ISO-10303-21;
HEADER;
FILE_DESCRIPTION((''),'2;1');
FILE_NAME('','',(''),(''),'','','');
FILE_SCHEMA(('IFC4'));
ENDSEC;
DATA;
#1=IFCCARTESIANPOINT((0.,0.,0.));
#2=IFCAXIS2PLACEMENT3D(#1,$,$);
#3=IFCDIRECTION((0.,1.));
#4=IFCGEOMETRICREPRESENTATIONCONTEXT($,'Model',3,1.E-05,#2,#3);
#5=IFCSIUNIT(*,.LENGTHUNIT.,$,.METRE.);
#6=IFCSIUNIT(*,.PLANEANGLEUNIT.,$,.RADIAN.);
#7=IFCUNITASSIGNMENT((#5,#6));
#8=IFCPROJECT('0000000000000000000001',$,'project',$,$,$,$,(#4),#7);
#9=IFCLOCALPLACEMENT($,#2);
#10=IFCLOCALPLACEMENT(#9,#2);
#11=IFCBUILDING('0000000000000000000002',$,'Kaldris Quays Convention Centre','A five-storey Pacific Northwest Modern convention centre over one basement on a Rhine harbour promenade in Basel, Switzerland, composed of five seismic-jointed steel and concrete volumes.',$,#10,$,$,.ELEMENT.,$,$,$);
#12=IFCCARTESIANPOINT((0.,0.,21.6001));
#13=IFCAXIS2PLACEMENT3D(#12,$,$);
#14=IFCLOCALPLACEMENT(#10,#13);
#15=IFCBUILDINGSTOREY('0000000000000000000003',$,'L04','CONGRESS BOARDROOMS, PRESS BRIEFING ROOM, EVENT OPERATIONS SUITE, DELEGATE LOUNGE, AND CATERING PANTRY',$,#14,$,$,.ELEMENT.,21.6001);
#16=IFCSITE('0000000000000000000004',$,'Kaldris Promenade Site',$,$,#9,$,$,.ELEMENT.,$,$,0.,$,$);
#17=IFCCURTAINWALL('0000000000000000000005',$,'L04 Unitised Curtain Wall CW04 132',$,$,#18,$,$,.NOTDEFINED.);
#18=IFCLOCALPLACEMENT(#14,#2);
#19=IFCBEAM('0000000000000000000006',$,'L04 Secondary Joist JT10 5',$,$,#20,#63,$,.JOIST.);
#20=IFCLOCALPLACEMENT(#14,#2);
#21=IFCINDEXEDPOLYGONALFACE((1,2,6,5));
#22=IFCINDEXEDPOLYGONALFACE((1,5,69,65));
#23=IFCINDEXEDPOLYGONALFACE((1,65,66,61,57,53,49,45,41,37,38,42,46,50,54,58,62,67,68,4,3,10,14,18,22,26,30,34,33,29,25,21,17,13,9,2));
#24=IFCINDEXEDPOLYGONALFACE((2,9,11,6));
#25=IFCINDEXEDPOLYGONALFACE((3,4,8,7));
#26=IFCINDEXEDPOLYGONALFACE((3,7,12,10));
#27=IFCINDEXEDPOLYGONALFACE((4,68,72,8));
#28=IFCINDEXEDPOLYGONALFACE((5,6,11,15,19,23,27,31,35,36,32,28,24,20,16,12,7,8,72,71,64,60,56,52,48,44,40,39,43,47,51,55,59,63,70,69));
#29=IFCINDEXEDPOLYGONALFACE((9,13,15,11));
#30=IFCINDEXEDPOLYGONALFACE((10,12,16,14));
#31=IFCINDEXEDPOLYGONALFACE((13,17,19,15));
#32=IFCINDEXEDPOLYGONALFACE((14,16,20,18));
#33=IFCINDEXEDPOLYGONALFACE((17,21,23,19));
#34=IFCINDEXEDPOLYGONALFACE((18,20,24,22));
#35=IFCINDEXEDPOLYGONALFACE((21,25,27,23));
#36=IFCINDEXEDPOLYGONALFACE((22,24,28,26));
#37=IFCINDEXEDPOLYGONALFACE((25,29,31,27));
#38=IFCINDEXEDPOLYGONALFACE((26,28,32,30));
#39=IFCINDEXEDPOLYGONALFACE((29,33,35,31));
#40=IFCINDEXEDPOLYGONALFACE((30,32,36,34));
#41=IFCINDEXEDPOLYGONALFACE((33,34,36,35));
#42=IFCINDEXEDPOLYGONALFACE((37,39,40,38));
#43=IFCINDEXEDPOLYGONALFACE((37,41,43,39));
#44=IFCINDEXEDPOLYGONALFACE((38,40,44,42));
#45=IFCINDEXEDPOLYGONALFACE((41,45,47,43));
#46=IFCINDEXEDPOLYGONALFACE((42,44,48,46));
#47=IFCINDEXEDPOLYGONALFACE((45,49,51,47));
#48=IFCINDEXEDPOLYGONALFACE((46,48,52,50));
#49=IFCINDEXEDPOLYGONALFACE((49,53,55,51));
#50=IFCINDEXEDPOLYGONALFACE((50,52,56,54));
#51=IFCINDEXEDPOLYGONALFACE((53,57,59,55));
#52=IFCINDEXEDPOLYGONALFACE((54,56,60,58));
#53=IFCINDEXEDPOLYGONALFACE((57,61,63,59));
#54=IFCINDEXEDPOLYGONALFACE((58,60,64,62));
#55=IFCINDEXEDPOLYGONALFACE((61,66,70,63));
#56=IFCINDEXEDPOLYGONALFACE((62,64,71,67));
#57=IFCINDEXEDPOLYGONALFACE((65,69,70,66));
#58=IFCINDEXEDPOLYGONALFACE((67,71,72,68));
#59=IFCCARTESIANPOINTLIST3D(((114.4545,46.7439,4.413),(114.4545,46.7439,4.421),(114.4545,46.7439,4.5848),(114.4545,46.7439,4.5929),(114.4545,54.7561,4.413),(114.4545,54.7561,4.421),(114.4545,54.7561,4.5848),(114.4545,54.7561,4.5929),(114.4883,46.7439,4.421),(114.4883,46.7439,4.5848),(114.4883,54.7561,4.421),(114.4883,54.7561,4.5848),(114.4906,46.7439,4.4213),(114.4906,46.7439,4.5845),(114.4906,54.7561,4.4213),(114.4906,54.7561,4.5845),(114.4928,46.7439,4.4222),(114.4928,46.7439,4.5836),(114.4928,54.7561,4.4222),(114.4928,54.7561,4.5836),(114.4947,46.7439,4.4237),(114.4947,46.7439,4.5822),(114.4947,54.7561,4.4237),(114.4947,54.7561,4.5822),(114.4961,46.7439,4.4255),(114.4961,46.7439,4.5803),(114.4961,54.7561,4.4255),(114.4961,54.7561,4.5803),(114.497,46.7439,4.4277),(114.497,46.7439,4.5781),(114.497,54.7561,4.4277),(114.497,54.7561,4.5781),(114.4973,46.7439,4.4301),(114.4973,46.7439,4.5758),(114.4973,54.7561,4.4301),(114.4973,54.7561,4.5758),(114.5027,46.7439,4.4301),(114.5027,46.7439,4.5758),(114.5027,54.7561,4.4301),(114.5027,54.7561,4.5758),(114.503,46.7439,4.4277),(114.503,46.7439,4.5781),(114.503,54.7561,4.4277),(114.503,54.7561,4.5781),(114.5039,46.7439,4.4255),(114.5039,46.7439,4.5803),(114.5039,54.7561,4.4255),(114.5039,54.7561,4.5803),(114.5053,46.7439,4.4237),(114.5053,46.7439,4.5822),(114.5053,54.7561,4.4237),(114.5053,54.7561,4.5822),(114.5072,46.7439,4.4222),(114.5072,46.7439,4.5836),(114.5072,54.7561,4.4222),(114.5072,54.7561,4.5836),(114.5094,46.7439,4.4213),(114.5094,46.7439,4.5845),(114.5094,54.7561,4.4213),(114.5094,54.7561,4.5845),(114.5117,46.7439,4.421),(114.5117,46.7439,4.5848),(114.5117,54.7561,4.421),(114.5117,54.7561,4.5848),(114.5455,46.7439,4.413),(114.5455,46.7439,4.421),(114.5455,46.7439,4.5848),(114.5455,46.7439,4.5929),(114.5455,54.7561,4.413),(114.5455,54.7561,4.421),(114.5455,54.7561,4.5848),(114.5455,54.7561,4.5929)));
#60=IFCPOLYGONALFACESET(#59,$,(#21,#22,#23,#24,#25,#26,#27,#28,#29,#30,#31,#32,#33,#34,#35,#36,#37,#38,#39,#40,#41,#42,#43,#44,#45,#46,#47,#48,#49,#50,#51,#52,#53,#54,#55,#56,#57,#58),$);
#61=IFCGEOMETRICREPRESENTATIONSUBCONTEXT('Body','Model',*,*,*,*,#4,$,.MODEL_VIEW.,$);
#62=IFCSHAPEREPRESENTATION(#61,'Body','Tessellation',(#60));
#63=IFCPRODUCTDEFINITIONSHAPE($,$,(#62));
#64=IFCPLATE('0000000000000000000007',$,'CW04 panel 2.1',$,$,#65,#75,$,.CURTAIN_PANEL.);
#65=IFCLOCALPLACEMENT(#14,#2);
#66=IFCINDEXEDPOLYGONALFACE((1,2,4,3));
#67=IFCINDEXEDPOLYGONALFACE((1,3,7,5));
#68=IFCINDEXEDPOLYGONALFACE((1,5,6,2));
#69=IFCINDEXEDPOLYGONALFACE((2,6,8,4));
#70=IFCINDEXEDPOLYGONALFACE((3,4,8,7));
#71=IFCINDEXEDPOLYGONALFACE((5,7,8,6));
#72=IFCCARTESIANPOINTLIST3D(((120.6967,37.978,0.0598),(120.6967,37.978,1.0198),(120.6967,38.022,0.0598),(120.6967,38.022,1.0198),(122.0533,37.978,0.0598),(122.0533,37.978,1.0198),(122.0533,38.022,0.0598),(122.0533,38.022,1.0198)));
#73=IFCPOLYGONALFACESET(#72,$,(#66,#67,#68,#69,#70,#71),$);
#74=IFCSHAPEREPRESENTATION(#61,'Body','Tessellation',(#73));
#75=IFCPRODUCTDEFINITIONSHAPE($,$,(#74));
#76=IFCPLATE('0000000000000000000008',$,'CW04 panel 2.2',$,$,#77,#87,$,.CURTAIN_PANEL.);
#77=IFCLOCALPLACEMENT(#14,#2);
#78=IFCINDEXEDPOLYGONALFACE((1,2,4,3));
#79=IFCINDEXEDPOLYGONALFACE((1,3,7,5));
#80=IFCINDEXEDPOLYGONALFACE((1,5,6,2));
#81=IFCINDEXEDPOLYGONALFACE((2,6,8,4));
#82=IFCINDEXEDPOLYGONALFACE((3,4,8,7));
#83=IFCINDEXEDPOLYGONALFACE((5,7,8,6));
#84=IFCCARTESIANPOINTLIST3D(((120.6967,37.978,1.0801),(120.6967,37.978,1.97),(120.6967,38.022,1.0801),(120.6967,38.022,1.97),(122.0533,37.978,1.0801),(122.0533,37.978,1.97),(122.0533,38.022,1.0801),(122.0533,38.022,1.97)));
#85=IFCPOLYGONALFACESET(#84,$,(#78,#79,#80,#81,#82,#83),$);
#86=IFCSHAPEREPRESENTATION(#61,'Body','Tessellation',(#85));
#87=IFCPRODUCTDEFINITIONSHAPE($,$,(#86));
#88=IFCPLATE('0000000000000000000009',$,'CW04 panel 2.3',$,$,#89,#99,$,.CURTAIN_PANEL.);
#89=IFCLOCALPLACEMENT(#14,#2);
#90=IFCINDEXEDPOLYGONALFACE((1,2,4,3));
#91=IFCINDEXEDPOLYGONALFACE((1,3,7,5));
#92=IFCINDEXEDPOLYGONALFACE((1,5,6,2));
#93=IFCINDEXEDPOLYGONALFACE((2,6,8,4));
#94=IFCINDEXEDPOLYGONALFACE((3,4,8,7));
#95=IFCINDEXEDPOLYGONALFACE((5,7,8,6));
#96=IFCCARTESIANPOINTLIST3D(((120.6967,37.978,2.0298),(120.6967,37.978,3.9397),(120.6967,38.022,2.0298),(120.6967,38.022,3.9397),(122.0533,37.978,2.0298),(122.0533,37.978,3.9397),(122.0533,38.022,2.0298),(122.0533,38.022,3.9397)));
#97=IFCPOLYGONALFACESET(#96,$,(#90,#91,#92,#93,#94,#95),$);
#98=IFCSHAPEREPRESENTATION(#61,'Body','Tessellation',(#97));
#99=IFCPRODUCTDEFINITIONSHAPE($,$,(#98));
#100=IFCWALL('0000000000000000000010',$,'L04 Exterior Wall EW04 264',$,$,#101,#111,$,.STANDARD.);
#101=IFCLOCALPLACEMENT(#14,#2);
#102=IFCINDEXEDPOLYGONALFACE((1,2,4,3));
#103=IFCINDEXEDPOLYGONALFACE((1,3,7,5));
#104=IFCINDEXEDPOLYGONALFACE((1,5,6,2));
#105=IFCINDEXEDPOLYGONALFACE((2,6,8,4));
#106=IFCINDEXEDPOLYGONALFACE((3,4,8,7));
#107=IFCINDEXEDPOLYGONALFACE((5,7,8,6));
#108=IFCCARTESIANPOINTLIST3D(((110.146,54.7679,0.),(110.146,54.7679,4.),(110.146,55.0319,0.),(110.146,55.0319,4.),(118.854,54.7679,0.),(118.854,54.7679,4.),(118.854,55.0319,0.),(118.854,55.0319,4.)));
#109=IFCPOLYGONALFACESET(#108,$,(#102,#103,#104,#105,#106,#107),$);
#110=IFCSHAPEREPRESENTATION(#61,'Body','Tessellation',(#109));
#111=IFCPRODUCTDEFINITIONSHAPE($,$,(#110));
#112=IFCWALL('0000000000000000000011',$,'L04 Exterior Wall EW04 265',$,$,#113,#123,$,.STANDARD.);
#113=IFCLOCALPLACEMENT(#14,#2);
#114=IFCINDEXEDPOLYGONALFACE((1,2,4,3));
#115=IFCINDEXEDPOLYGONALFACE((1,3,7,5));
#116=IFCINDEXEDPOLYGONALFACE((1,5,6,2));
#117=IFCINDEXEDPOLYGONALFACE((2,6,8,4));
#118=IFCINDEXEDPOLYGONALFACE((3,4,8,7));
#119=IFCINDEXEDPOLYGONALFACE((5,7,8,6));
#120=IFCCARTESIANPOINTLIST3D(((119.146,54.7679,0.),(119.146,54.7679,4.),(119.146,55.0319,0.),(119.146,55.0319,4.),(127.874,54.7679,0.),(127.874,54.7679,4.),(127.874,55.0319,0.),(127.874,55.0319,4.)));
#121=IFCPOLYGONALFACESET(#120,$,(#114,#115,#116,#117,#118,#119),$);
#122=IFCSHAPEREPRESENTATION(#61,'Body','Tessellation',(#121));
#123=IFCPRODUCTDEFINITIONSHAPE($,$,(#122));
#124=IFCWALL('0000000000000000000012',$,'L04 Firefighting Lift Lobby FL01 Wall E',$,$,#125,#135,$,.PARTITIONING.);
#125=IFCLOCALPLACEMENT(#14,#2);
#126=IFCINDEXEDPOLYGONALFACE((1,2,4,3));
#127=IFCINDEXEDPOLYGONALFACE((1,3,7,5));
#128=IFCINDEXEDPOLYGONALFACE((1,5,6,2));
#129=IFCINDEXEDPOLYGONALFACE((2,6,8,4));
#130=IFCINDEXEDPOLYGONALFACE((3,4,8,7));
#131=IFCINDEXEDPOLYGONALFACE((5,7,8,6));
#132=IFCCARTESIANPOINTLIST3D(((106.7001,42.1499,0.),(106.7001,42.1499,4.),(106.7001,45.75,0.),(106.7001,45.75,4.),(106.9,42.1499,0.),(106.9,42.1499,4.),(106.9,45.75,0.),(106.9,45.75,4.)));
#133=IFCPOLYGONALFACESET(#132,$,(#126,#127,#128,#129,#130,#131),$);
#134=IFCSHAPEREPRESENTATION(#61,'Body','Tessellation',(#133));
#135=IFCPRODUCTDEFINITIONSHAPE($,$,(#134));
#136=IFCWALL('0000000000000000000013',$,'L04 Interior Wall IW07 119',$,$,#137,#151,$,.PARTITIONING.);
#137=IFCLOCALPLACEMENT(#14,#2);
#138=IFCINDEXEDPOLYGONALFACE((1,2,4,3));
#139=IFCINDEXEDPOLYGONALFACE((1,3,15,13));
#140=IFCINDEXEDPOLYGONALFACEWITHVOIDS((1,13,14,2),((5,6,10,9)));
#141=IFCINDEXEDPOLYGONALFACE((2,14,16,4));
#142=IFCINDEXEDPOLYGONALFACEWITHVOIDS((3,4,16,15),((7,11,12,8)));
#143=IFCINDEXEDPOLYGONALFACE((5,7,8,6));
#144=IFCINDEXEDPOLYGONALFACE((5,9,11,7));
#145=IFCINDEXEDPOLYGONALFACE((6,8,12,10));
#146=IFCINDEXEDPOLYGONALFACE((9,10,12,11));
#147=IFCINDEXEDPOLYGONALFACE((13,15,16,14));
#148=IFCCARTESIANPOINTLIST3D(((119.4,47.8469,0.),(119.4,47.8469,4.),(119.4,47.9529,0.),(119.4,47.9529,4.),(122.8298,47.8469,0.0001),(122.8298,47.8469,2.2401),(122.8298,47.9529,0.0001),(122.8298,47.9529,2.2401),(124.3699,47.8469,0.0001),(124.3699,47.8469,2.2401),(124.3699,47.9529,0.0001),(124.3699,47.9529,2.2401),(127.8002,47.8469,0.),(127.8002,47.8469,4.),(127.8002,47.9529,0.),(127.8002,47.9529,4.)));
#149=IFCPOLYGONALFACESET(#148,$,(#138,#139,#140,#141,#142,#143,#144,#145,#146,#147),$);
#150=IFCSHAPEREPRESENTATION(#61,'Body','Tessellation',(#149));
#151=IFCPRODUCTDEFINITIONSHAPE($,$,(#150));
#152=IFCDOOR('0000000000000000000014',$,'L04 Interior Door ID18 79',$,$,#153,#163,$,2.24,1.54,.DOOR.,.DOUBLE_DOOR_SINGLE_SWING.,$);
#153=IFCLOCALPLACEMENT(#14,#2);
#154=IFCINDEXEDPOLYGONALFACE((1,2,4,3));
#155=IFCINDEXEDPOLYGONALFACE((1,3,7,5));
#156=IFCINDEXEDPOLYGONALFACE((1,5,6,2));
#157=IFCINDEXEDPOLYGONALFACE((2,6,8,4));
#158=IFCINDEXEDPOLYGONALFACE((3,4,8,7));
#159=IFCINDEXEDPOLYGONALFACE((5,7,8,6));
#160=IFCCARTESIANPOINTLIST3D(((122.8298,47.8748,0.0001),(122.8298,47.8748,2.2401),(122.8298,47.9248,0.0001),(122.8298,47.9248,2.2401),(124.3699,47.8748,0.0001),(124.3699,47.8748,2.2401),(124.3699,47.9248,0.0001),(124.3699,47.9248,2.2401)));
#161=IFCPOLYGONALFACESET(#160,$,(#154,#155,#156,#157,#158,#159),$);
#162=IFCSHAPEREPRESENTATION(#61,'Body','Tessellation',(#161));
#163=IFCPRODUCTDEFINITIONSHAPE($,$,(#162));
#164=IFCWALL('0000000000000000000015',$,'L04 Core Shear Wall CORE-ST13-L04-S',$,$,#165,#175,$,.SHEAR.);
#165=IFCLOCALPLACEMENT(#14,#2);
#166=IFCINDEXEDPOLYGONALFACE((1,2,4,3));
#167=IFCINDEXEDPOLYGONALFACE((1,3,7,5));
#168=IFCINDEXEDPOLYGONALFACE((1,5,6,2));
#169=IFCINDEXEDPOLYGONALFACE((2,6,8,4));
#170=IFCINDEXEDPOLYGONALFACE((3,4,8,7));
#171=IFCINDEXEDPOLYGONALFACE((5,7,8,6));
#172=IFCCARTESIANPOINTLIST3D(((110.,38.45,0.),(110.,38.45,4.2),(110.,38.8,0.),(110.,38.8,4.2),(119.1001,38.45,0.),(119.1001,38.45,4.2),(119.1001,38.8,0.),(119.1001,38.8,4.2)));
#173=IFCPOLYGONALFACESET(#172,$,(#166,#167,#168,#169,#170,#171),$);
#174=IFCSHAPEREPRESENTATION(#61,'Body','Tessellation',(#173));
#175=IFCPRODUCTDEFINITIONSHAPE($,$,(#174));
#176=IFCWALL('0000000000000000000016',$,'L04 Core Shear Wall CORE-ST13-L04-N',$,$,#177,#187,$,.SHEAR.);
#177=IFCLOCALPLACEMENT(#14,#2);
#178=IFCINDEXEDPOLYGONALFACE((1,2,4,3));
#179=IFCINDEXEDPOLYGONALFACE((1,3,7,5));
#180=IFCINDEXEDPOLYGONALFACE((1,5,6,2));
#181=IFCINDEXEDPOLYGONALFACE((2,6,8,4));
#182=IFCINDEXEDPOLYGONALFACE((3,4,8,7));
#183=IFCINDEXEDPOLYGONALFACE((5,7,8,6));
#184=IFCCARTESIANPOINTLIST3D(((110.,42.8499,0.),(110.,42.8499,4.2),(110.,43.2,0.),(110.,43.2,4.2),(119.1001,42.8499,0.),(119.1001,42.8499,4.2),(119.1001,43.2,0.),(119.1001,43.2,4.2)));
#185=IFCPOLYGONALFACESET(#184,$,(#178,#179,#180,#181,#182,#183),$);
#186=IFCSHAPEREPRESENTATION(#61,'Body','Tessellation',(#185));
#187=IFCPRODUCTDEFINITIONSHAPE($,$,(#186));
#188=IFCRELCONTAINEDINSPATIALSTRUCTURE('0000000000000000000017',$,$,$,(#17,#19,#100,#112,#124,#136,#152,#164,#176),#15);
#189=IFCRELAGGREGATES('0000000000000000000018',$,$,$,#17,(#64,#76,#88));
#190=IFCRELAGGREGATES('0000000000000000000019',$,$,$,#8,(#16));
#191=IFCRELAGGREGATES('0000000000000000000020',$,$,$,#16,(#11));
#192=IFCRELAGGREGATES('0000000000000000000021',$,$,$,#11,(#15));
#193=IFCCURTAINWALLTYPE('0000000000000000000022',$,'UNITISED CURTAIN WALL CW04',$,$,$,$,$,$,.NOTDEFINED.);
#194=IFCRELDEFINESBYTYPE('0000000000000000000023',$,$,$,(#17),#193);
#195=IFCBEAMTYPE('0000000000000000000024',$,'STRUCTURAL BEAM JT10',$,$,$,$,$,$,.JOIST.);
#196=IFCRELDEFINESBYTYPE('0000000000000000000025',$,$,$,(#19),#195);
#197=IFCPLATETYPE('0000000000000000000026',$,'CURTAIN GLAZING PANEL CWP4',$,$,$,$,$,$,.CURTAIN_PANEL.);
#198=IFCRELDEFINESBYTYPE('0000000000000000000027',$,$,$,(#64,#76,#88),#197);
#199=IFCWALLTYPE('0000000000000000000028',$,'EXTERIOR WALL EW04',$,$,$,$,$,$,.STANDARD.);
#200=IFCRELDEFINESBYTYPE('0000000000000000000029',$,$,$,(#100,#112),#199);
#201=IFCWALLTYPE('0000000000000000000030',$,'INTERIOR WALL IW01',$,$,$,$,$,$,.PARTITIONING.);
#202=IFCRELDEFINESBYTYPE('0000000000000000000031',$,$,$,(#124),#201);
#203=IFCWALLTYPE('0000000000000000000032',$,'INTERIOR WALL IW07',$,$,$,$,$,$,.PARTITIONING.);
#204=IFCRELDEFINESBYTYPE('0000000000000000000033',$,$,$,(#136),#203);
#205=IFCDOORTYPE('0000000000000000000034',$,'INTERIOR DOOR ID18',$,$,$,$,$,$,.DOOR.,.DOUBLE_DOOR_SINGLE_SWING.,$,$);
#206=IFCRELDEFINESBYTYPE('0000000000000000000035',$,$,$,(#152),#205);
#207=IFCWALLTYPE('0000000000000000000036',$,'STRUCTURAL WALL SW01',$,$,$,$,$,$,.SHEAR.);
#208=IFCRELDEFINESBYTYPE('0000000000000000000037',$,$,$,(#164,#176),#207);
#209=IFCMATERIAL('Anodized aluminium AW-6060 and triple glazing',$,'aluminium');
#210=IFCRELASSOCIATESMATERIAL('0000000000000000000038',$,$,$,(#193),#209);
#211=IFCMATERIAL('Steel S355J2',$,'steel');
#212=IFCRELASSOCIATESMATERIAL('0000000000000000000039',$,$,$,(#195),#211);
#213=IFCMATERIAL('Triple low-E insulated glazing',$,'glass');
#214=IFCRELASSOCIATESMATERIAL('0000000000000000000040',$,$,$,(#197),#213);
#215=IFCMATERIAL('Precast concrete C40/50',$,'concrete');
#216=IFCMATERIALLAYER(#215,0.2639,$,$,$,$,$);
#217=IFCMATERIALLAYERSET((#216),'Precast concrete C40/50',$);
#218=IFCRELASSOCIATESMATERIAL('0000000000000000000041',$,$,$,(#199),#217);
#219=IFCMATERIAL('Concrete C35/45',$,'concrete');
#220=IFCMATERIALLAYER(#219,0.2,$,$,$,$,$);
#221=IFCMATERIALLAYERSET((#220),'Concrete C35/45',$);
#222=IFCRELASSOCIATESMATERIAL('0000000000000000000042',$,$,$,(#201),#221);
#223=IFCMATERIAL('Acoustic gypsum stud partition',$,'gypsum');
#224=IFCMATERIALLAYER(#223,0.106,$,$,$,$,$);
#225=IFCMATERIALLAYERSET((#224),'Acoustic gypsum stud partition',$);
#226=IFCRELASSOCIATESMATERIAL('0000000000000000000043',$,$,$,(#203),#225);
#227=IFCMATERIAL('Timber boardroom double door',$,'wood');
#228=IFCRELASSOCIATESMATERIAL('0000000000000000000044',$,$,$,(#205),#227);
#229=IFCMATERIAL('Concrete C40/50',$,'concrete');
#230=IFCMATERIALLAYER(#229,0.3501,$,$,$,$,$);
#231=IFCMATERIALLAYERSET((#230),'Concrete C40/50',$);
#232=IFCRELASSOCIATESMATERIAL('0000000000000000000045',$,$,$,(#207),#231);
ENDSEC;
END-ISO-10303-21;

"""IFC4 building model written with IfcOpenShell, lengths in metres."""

from ifc_helpers import new_model, si_unit, direction, frame, frame_2d, origin, origin_2d, place, context, subcontext, project, spatial, rectangle, i_section, extrude, material, layer, layer_set, material_profile, profile_set, type_object, element, fill, aggregate, save


model = new_model("IFC4")

# Units and contexts
model_context = context("Model", 3, precision=1e-05, world=origin(), true_north=direction((0.0, 1.0)))
body_context = subcontext(model_context, "Body", "Model", "MODEL_VIEW")
ifc_project = project(units=[si_unit("LENGTHUNIT", "METRE"), si_unit("PLANEANGLEUNIT", "RADIAN")], contexts=[model_context])

# Site, building, storey
site_placement = place(None, origin())
site = spatial("IfcSite", under=ifc_project, at=site_placement, Name="Kaldris Promenade Site", CompositionType="ELEMENT", RefElevation=0.0)
building_placement = place(site_placement, origin())
building = spatial("IfcBuilding", under=site, at=building_placement, Name="Kaldris Quays Convention Centre", Description="A five-storey Pacific Northwest Modern convention centre over one basement on a Rhine harbour promenade in Basel, Switzerland, composed of five seismic-jointed steel and concrete volumes.", CompositionType="ELEMENT")
storey_placement = place(building_placement, frame((0.0, 0.0, 21.6001)))
storey = spatial("IfcBuildingStorey", under=building, at=storey_placement, Name="L04", Description="CONGRESS BOARDROOMS, PRESS BRIEFING ROOM, EVENT OPERATIONS SUITE, DELEGATE LOUNGE, AND CATERING PANTRY", CompositionType="ELEMENT", Elevation=21.6001)

# Shared definitions
ifc_material_1 = material(Name="Steel S355J2", Category="steel")

# Curtain wall
ifc_material_2 = material(Name="Anodized aluminium AW-6060 and triple glazing", Category="aluminium")
curtain_wall_type = type_object("IfcCurtainWallType", Name="UNITISED CURTAIN WALL CW04", PredefinedType="NOTDEFINED", material=ifc_material_2)
curtain_wall_placement = place(storey_placement, origin())
curtain_wall = element("IfcCurtainWall", 1, at=curtain_wall_placement, inside=storey, type_object=curtain_wall_type, Name="L04 Unitised Curtain Wall CW04 132", PredefinedType="NOTDEFINED")

# Beam
ifc_material_profile_1 = material_profile(ifc_material_1, i_section(OverallWidth=0.0911, OverallDepth=0.1799, WebThickness=0.0054, FlangeThickness=0.0081, FilletRadius=0.009, at=origin_2d()), Name="IPE 180")
ifc_profile_set_1 = profile_set([ifc_material_profile_1], Name="Steel S355J2")
beam_type_1 = type_object("IfcBeamType", Name="STRUCTURAL BEAM JT10", PredefinedType="JOIST", material=ifc_profile_set_1)
beam_1_placement = place(storey_placement, frame((114.5, 46.7439, 4.5029), z_axis=(0.0, 1.0, 0.0), x_axis=(-1.0, 0.0, 0.0)))
element("IfcBeam", 2, at=beam_1_placement, inside=storey, type_object=beam_type_1, Name="L04 Secondary Joist JT10 5", PredefinedType="JOIST", context=body_context, shape_type="SweptSolid", body=[
    extrude(i_section(OverallWidth=0.0911, OverallDepth=0.1799, WebThickness=0.0054, FlangeThickness=0.0081, FilletRadius=0.009, at=origin_2d()), origin(), (0.0, 0.0, 1.0), 8.0122),
])

# Plates
ifc_material_3 = material(Name="Triple low-E insulated glazing", Category="glass")
plate_type = type_object("IfcPlateType", Name="CURTAIN GLAZING PANEL CWP4", PredefinedType="CURTAIN_PANEL", material=ifc_material_3)
plate_1_placement = place(storey_placement, frame((121.375, 38.0, 0.0598), z_axis=(0.0, 0.0, 1.0), x_axis=(1.0, 0.0, 0.0)))
plate_1 = element("IfcPlate", 3, at=plate_1_placement, type_object=plate_type, Name="CW04 panel 2.1", PredefinedType="CURTAIN_PANEL", context=body_context, shape_type="SweptSolid", body=[
    extrude(rectangle(XDim=1.3567, YDim=0.0439, at=origin_2d()), origin(), (0.0, 0.0, 1.0), 0.96),
])
plate_2_placement = place(storey_placement, frame((121.375, 38.0, 1.0801), z_axis=(0.0, 0.0, 1.0), x_axis=(1.0, 0.0, 0.0)))
plate_2 = element("IfcPlate", 4, at=plate_2_placement, type_object=plate_type, Name="CW04 panel 2.2", PredefinedType="CURTAIN_PANEL", context=body_context, shape_type="SweptSolid", body=[
    extrude(rectangle(XDim=1.3567, YDim=0.0439, at=origin_2d()), origin(), (0.0, 0.0, 1.0), 0.8899),
])
plate_3_placement = place(storey_placement, frame((121.375, 38.0, 2.0298), z_axis=(0.0, 0.0, 1.0), x_axis=(1.0, 0.0, 0.0)))
plate_3 = element("IfcPlate", 5, at=plate_3_placement, type_object=plate_type, Name="CW04 panel 2.3", PredefinedType="CURTAIN_PANEL", context=body_context, shape_type="SweptSolid", body=[
    extrude(rectangle(XDim=1.3567, YDim=0.0439, at=origin_2d()), origin(), (0.0, 0.0, 1.0), 1.9099),
])
aggregate(curtain_wall, [plate_1, plate_2, plate_3])

# Walls
ifc_material_4 = material(Name="Precast concrete C40/50", Category="concrete")
ifc_layer_1 = layer(ifc_material_4, 0.2639)
ifc_layer_set_1 = layer_set([ifc_layer_1], Name="Precast concrete C40/50")
wall_type_1 = type_object("IfcWallType", Name="EXTERIOR WALL EW04", PredefinedType="STANDARD", material=ifc_layer_set_1)
wall_1_placement = place(storey_placement, frame((110.146, 54.8999, 0.0), z_axis=(0.0, 0.0, 1.0), x_axis=(1.0, 0.0, 0.0)))
element("IfcWall", 6, at=wall_1_placement, inside=storey, type_object=wall_type_1, Name="L04 Exterior Wall EW04 264", PredefinedType="STANDARD", context=body_context, shape_type="SweptSolid", body=[
    extrude(rectangle(XDim=8.708, YDim=0.2639, at=frame_2d((4.354, 0.0))), origin(), (0.0, 0.0, 1.0), 4.0),
])
wall_2_placement = place(storey_placement, frame((119.146, 54.8999, 0.0), z_axis=(0.0, 0.0, 1.0), x_axis=(1.0, 0.0, 0.0)))
element("IfcWall", 7, at=wall_2_placement, inside=storey, type_object=wall_type_1, Name="L04 Exterior Wall EW04 265", PredefinedType="STANDARD", context=body_context, shape_type="SweptSolid", body=[
    extrude(rectangle(XDim=8.728, YDim=0.2639, at=frame_2d((4.364, 0.0))), origin(), (0.0, 0.0, 1.0), 4.0),
])
ifc_material_5 = material(Name="Concrete C35/45", Category="concrete")
ifc_layer_2 = layer(ifc_material_5, 0.2)
ifc_layer_set_2 = layer_set([ifc_layer_2], Name="Concrete C35/45")
wall_type_2 = type_object("IfcWallType", Name="INTERIOR WALL IW01", PredefinedType="PARTITIONING", material=ifc_layer_set_2)
wall_3_placement = place(storey_placement, frame((106.8, 42.1499, 0.0), z_axis=(0.0, 0.0, 1.0), x_axis=(0.0, 1.0, 0.0)))
element("IfcWall", 8, at=wall_3_placement, inside=storey, type_object=wall_type_2, Name="L04 Firefighting Lift Lobby FL01 Wall E", PredefinedType="PARTITIONING", context=body_context, shape_type="SweptSolid", body=[
    extrude(rectangle(XDim=3.6001, YDim=0.2, at=frame_2d((1.8, 0.0))), origin(), (0.0, 0.0, 1.0), 4.0),
])

# Wall, opening, door
ifc_material_6 = material(Name="Acoustic gypsum stud partition", Category="gypsum")
ifc_layer_3 = layer(ifc_material_6, 0.106)
ifc_layer_set_3 = layer_set([ifc_layer_3], Name="Acoustic gypsum stud partition")
wall_type_3 = type_object("IfcWallType", Name="INTERIOR WALL IW07", PredefinedType="PARTITIONING", material=ifc_layer_set_3)
wall_4_placement = place(storey_placement, frame((119.3999, 47.8999, 0.0), z_axis=(0.0, 0.0, 1.0), x_axis=(1.0, 0.0, 0.0)))
wall_4 = element("IfcWall", 9, at=wall_4_placement, inside=storey, type_object=wall_type_3, Name="L04 Interior Wall IW07 119", PredefinedType="PARTITIONING", context=body_context, shape_type="SweptSolid", body=[
    extrude(rectangle(XDim=8.4001, YDim=0.106, at=frame_2d((4.2002, 0.0))), origin(), (0.0, 0.0, 1.0), 4.0),
])
opening_1_placement = place(wall_4_placement, frame((3.4299, 0.0, 0.0)))
opening_1 = element("IfcOpeningElement", 10, at=opening_1_placement, cuts=wall_4, PredefinedType="OPENING", context=body_context, shape_type="SweptSolid", body=[
    extrude(rectangle(XDim=1.54, YDim=2.24, at=frame_2d((0.77, 1.1201))), frame((0.0, 0.063, 0.0), z_axis=(0.0, -1.0, 0.0), x_axis=(1.0, 0.0, 0.0)), (0.0, 0.0, 1.0), 0.126),
])
ifc_material_7 = material(Name="Timber boardroom double door", Category="wood")
door_type_1 = type_object("IfcDoorType", Name="INTERIOR DOOR ID18", OperationType="DOUBLE_DOOR_SINGLE_SWING", PredefinedType="DOOR", material=ifc_material_7)
door_1_placement = place(opening_1_placement, origin())
door_1 = element("IfcDoor", 11, at=door_1_placement, inside=storey, type_object=door_type_1, Name="L04 Interior Door ID18 79", OperationType="DOUBLE_DOOR_SINGLE_SWING", OverallHeight=2.24, OverallWidth=1.54, PredefinedType="DOOR", context=body_context, shape_type="SweptSolid", body=[
    extrude(rectangle(XDim=1.54, YDim=2.24, at=frame_2d((0.77, 1.1201))), frame((0.0, 0.0249, 0.0), z_axis=(0.0, -1.0, 0.0), x_axis=(1.0, 0.0, 0.0)), (0.0, 0.0, 1.0), 0.05),
])
fill(opening_1, door_1)

# Walls
ifc_material_8 = material(Name="Concrete C40/50", Category="concrete")
ifc_layer_4 = layer(ifc_material_8, 0.3501)
ifc_layer_set_4 = layer_set([ifc_layer_4], Name="Concrete C40/50")
wall_type_4 = type_object("IfcWallType", Name="STRUCTURAL WALL SW01", PredefinedType="SHEAR", material=ifc_layer_set_4)
for number, where, z_axis, x_axis, name in (
    (12, (110.0, 38.625, 0.0), (0.0, 0.0, 1.0), (1.0, 0.0, 0.0), "L04 Core Shear Wall CORE-ST13-L04-S"),
    (13, (110.0, 43.0249, 0.0), (0.0, 0.0, 1.0), (1.0, 0.0, 0.0), "L04 Core Shear Wall CORE-ST13-L04-N"),
):
    element("IfcWall", number, at=place(storey_placement, frame(where, z_axis=z_axis, x_axis=x_axis)), inside=storey, type_object=wall_type_4, Name=name, PredefinedType="SHEAR", context=body_context, shape_type="SweptSolid", body=[
        extrude(rectangle(XDim=9.1001, YDim=0.3501, at=frame_2d((4.55, 0.0))), origin(), (0.0, 0.0, 1.0), 4.2),
    ])

save(model, "model.ifc")
